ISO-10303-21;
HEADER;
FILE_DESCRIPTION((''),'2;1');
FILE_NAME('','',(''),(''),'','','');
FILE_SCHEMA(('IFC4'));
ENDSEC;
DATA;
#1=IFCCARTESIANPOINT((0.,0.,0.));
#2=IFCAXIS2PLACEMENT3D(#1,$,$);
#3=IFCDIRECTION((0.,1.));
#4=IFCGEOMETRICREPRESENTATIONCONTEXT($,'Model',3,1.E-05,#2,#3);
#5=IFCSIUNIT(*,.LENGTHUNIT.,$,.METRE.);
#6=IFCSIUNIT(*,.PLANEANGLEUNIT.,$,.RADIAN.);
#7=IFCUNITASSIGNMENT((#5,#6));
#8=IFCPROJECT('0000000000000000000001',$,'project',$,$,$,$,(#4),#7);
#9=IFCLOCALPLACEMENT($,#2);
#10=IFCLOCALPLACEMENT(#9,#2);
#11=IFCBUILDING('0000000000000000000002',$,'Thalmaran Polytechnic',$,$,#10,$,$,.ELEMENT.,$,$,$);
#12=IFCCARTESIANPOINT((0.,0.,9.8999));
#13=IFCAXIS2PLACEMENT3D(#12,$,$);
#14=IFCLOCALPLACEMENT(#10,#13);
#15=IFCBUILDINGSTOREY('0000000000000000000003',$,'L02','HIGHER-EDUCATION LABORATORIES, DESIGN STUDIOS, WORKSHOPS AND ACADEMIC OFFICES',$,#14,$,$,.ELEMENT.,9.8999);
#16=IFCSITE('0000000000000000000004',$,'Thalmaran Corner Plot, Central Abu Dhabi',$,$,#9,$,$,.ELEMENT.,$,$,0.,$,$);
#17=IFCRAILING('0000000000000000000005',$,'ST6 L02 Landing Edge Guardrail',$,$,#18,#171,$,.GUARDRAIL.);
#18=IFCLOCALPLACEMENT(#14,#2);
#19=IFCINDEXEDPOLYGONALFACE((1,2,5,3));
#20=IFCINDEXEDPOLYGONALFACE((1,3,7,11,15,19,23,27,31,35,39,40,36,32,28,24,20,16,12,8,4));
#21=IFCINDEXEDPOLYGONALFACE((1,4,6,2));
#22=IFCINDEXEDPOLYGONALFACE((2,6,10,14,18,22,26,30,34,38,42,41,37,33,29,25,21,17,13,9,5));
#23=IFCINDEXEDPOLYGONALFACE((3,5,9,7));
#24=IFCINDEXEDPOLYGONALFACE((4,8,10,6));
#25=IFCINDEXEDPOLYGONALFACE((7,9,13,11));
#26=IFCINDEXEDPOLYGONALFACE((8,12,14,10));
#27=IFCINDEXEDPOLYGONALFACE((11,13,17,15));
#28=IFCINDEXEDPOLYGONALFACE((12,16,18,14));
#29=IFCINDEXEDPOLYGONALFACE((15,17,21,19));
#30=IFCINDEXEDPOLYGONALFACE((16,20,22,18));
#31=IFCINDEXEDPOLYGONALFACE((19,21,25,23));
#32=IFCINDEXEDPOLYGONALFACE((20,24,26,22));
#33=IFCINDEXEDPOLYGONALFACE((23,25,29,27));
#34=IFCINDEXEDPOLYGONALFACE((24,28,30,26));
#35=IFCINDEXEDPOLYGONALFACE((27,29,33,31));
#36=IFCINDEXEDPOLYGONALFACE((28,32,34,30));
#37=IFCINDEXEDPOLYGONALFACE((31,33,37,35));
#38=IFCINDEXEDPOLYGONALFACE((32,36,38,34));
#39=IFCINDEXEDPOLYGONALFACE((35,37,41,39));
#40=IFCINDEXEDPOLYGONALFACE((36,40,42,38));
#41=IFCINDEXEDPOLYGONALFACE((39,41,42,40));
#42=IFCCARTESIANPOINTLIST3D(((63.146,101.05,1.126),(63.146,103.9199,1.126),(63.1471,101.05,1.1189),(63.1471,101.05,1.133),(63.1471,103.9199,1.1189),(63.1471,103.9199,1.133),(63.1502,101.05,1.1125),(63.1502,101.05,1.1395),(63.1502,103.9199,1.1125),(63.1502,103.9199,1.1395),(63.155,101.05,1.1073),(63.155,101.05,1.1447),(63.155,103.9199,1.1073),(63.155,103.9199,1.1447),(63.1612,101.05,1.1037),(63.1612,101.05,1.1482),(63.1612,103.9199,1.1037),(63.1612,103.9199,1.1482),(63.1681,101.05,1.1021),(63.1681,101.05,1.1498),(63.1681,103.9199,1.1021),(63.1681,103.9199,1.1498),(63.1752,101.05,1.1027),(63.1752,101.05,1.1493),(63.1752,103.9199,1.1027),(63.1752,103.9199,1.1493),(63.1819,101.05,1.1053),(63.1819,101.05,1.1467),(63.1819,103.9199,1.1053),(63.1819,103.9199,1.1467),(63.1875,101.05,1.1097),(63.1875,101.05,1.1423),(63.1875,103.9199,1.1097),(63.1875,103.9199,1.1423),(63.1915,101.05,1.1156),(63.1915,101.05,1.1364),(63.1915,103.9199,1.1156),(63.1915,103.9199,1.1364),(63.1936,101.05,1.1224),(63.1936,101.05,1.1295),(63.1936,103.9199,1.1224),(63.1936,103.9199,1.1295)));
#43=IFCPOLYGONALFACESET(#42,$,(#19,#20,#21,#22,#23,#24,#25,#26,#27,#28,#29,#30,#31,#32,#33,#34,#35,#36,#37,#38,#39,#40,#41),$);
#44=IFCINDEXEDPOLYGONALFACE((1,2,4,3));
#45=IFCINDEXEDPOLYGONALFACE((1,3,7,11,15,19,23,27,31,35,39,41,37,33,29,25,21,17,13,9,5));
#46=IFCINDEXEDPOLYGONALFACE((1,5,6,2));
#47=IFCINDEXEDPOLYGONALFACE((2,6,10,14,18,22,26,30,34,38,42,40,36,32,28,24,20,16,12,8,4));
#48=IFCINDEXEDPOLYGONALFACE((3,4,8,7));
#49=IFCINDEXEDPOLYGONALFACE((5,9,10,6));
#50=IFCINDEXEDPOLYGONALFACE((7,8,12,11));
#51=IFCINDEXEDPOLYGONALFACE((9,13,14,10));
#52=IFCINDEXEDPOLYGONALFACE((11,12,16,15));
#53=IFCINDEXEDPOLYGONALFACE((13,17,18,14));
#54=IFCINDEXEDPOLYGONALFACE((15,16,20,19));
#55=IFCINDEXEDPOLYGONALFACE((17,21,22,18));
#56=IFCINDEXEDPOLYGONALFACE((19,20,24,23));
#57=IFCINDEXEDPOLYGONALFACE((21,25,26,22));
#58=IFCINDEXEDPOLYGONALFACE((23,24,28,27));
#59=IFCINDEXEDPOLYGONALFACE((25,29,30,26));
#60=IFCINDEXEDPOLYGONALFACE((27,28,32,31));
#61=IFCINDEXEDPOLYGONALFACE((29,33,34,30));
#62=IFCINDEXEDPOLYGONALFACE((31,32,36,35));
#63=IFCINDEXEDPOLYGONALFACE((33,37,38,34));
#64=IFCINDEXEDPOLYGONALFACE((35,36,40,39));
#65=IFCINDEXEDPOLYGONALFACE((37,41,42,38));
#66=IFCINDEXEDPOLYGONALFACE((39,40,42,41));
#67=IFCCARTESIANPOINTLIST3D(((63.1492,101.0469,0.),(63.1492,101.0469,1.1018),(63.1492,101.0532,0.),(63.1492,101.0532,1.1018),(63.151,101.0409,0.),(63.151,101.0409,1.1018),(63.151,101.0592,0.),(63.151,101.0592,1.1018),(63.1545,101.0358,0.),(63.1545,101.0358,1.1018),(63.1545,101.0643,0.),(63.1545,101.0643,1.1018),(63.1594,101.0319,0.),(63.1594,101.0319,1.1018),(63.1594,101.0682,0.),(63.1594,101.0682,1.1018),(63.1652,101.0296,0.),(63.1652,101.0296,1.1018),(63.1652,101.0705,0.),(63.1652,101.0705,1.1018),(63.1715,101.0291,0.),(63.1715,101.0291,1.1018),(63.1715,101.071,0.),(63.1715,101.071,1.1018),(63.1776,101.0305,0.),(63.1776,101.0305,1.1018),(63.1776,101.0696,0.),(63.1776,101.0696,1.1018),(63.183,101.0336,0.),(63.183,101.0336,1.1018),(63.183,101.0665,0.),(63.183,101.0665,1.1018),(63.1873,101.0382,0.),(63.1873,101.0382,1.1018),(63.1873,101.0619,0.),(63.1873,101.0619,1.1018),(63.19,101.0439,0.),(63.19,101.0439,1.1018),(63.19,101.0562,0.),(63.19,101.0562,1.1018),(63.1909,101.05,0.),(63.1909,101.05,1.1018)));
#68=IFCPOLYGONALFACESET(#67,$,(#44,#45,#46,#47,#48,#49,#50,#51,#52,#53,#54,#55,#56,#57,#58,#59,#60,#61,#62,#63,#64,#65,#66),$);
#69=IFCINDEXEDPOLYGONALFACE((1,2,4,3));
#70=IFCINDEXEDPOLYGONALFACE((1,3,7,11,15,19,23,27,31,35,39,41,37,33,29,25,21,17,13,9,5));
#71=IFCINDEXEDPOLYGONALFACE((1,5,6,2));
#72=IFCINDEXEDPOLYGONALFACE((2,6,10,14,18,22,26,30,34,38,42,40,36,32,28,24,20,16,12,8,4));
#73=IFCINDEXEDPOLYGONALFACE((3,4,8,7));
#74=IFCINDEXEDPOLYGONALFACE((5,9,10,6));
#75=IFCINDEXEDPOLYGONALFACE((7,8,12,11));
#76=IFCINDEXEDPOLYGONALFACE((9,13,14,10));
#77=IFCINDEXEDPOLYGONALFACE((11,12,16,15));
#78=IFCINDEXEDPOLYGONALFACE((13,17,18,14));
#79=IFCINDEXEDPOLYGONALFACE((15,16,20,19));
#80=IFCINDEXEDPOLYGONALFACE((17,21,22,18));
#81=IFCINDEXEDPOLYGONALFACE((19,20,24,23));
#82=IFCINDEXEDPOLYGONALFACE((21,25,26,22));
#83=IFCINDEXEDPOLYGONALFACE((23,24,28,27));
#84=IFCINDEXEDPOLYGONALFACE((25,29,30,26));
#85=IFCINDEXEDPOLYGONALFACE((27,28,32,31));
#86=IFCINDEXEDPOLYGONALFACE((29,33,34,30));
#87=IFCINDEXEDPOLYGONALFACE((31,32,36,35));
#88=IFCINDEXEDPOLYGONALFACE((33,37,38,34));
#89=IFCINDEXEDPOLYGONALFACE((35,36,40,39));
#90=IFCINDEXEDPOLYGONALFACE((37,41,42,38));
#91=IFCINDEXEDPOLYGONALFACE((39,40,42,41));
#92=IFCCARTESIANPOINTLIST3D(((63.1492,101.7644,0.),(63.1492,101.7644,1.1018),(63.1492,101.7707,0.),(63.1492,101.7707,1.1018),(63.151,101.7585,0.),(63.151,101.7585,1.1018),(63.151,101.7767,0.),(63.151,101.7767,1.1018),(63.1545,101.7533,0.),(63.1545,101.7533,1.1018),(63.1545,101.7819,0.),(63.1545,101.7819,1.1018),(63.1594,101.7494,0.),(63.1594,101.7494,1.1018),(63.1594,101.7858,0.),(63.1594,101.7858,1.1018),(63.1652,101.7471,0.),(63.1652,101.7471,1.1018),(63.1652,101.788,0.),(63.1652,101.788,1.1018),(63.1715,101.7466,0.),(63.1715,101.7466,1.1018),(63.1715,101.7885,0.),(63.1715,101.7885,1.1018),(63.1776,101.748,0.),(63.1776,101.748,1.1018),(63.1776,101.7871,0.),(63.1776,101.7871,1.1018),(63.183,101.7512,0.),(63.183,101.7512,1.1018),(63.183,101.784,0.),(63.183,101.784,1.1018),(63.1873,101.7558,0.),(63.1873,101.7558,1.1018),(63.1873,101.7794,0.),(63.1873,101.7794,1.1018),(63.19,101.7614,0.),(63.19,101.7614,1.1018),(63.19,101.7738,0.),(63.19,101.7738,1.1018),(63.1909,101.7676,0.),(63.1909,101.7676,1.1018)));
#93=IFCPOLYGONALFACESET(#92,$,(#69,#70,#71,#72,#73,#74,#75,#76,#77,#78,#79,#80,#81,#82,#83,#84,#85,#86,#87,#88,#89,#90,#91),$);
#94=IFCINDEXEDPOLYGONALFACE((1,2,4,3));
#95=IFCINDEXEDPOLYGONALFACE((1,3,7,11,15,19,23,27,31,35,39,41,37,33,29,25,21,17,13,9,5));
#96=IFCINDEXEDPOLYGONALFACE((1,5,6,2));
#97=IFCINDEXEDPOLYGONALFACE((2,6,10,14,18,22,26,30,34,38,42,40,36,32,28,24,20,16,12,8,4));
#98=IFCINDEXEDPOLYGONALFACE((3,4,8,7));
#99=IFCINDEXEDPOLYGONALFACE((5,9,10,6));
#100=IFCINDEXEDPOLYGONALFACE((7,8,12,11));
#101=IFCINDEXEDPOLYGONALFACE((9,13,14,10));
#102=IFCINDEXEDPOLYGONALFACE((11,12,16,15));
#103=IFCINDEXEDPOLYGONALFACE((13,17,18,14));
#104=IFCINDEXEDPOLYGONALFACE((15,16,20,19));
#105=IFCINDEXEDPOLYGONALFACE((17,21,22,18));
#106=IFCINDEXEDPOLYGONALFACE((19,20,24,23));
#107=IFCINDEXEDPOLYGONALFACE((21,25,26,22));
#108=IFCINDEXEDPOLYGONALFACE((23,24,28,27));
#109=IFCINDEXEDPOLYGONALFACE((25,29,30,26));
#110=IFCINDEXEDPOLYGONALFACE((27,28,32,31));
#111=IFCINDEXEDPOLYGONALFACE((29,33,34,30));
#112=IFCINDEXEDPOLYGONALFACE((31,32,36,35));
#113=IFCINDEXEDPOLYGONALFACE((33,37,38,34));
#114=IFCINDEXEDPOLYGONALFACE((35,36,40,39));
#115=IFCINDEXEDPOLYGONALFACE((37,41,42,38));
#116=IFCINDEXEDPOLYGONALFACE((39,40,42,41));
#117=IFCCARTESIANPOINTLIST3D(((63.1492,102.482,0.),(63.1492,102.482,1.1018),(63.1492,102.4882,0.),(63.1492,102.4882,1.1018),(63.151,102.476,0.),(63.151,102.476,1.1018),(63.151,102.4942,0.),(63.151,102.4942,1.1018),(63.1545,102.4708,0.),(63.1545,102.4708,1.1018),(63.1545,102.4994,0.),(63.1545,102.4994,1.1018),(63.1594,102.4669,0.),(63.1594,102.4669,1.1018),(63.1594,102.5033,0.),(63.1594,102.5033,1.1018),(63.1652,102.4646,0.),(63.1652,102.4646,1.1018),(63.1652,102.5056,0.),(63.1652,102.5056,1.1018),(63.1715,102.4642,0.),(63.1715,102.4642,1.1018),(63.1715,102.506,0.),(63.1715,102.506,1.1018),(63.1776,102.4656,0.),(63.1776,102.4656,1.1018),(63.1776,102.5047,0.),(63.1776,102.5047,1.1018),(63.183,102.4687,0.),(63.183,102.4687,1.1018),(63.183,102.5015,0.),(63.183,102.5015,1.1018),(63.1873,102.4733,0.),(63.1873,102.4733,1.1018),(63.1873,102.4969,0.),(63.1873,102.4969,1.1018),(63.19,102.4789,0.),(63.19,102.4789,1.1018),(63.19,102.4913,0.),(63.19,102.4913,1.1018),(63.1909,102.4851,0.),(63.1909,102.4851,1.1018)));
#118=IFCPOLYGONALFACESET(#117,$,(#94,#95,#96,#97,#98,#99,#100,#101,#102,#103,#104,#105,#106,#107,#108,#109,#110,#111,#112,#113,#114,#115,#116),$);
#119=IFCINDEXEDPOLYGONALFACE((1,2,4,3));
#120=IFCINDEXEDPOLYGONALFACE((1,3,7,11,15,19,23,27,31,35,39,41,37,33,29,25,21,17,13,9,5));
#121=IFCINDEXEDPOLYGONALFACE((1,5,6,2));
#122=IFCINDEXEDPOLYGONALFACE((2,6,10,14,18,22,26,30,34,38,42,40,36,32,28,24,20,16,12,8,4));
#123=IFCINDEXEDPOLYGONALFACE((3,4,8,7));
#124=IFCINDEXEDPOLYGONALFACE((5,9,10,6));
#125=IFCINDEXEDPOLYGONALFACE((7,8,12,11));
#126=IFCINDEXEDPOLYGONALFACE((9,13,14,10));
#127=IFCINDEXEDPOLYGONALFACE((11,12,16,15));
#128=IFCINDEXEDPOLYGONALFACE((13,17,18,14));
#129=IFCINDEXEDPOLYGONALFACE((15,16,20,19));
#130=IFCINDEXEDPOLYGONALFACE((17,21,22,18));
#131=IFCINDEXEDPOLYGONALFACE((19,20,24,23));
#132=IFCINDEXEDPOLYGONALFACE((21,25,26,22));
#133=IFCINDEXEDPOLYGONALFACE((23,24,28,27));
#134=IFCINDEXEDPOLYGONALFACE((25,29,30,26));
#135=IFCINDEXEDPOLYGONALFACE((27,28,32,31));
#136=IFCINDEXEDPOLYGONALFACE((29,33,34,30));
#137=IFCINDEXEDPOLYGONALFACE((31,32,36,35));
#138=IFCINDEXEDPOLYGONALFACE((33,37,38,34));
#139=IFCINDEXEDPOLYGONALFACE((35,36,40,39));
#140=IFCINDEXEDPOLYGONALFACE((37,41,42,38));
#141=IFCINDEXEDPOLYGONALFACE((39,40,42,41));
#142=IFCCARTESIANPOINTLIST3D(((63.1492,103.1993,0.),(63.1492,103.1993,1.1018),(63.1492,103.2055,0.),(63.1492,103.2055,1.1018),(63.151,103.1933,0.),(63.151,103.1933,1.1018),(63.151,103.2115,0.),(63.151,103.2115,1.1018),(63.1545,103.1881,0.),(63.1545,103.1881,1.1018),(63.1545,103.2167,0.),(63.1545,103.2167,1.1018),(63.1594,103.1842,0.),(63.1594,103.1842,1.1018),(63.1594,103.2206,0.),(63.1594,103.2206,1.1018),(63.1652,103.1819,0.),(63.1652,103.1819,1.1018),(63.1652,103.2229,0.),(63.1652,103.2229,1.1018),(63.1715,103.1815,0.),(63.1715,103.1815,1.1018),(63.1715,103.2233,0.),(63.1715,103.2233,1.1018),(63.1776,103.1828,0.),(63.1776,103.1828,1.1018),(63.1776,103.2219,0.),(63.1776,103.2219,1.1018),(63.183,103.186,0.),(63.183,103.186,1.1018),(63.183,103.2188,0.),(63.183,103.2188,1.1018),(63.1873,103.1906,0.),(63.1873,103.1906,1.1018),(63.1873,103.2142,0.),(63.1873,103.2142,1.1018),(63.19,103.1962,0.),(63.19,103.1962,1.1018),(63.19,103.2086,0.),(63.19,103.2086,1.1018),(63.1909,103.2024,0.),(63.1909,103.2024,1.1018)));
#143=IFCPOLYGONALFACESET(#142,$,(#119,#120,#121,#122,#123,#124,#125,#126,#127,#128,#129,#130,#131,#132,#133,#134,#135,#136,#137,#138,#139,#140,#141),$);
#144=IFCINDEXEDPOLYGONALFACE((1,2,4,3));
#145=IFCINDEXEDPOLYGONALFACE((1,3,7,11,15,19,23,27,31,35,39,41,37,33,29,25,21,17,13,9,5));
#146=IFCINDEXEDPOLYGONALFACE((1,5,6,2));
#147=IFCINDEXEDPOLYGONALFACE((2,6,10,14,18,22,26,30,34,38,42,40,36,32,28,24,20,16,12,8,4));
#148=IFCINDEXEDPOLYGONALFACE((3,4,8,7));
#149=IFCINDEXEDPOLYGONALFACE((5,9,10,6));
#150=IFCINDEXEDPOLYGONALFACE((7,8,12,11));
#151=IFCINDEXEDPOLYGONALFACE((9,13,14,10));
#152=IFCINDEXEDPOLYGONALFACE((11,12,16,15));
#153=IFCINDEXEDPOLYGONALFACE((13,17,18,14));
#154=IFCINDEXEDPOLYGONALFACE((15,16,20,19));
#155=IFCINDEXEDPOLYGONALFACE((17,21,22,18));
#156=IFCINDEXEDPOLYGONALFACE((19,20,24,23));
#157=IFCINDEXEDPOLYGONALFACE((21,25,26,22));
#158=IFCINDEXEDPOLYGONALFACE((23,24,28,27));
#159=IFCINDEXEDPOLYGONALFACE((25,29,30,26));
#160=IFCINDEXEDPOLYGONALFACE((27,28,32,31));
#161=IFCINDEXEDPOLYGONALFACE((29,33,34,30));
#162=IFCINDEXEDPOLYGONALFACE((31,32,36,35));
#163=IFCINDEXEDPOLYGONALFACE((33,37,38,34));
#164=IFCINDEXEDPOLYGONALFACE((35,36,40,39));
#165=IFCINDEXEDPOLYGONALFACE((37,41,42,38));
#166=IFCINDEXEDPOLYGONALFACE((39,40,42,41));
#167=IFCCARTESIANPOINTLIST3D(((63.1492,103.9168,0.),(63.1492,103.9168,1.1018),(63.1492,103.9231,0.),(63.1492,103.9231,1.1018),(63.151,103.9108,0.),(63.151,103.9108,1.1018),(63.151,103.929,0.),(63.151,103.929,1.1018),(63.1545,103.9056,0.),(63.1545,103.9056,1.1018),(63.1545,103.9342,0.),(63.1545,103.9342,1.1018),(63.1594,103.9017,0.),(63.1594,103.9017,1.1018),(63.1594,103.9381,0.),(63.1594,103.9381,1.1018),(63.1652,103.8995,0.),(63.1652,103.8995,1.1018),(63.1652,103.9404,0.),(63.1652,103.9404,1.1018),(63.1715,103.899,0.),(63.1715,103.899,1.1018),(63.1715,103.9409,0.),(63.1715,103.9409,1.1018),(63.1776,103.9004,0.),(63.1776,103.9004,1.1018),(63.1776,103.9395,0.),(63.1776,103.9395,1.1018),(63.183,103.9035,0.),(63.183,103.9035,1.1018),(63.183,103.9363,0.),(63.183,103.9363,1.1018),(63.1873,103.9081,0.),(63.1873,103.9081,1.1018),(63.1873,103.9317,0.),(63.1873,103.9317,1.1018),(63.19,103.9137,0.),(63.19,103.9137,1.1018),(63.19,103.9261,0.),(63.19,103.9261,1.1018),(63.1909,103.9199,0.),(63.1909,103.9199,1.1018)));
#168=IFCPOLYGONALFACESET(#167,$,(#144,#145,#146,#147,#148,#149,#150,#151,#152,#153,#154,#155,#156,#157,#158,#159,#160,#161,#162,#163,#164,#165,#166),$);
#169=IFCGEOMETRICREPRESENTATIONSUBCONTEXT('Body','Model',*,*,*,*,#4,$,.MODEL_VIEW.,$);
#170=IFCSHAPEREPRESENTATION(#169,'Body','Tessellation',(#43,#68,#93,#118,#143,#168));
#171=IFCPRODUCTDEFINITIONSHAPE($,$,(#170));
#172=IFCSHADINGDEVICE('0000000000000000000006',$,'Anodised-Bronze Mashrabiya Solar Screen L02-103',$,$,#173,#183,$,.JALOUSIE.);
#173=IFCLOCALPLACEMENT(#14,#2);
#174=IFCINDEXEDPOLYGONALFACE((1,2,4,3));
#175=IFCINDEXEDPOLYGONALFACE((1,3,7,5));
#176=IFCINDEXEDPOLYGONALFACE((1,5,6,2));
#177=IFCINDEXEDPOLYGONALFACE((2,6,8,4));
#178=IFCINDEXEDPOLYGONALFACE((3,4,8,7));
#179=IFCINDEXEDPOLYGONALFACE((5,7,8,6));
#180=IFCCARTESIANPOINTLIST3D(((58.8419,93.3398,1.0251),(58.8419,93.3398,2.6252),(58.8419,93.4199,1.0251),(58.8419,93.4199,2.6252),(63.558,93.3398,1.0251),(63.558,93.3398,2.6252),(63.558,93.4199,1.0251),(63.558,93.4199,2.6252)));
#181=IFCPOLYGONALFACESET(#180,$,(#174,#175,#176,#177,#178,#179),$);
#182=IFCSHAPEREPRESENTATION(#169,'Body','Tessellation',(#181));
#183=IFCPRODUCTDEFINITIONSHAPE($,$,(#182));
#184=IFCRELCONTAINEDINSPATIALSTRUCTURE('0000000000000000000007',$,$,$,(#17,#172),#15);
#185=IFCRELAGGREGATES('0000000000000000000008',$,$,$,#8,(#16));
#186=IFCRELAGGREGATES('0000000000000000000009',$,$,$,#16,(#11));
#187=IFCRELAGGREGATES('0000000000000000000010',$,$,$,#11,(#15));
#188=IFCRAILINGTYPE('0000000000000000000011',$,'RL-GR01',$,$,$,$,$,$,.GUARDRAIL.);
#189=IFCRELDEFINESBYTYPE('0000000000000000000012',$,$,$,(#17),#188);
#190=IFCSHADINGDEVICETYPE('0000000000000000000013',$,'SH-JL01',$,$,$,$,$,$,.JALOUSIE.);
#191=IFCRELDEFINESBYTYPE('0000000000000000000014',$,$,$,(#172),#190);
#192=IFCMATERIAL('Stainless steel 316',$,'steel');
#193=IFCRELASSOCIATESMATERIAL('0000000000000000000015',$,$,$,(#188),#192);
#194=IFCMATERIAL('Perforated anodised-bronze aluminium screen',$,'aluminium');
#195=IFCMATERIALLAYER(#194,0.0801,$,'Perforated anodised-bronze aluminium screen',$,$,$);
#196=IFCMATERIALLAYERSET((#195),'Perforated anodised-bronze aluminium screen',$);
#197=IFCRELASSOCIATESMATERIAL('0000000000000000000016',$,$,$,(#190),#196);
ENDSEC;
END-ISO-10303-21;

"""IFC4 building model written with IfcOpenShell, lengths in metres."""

from ifc_helpers import new_model, si_unit, direction, frame, origin, origin_2d, place, context, subcontext, project, spatial, rectangle, circle, extrude, material, layer, layer_set, type_object, element, save


model = new_model("IFC4")

# Units and contexts
model_context = context("Model", 3, precision=1e-05, world=origin(), true_north=direction((0.0, 1.0)))
body_context = subcontext(model_context, "Body", "Model", "MODEL_VIEW")
ifc_project = project(units=[si_unit("LENGTHUNIT", "METRE"), si_unit("PLANEANGLEUNIT", "RADIAN")], contexts=[model_context])

# Site, building, storey
site_placement = place(None, origin())
site = spatial("IfcSite", under=ifc_project, at=site_placement, Name="Thalmaran Corner Plot, Central Abu Dhabi", CompositionType="ELEMENT", RefElevation=0.0)
building_placement = place(site_placement, origin())
building = spatial("IfcBuilding", under=site, at=building_placement, Name="Thalmaran Polytechnic", CompositionType="ELEMENT")
storey_placement = place(building_placement, frame((0.0, 0.0, 9.8999)))
storey = spatial("IfcBuildingStorey", under=building, at=storey_placement, Name="L02", Description="HIGHER-EDUCATION LABORATORIES, DESIGN STUDIOS, WORKSHOPS AND ACADEMIC OFFICES", CompositionType="ELEMENT", Elevation=9.8999)

# Railing
ifc_material_1 = material(Name="Stainless steel 316", Category="steel")
railing_type = type_object("IfcRailingType", Name="RL-GR01", PredefinedType="GUARDRAIL", material=ifc_material_1)
railing_placement = place(storey_placement, frame((63.1699, 101.05, 0.0)))
element("IfcRailing", 1, at=railing_placement, inside=storey, type_object=railing_type, Name="ST6 L02 Landing Edge Guardrail", PredefinedType="GUARDRAIL", context=body_context, shape_type="SweptSolid", body=[
    extrude(circle(Radius=0.0239, at=origin_2d()), frame((0.0, 0.0, 1.126), z_axis=(0.0, 1.0, 0.0), x_axis=(-1.0, 0.0, 0.0)), (0.0, 0.0, 1.0), 2.8699),
    extrude(circle(Radius=0.021, at=origin_2d()), origin(), (0.0, 0.0, 1.0), 1.1018),
    extrude(circle(Radius=0.021, at=origin_2d()), frame((0.0, 0.7175, 0.0)), (0.0, 0.0, 1.0), 1.1018),
    extrude(circle(Radius=0.021, at=origin_2d()), frame((0.0, 1.4351, 0.0)), (0.0, 0.0, 1.0), 1.1018),
    extrude(circle(Radius=0.021, at=origin_2d()), frame((0.0, 2.1523, 0.0)), (0.0, 0.0, 1.0), 1.1018),
    extrude(circle(Radius=0.021, at=origin_2d()), frame((0.0, 2.8699, 0.0)), (0.0, 0.0, 1.0), 1.1018),
])

# Shading device
ifc_material_2 = material(Name="Perforated anodised-bronze aluminium screen", Category="aluminium")
ifc_layer_1 = layer(ifc_material_2, 0.0801, Name="Perforated anodised-bronze aluminium screen")
ifc_layer_set_1 = layer_set([ifc_layer_1], Name="Perforated anodised-bronze aluminium screen")
shading_device_type = type_object("IfcShadingDeviceType", Name="SH-JL01", PredefinedType="JALOUSIE", material=ifc_layer_set_1)
shading_device_placement = place(storey_placement, frame((61.2, 93.3799, 1.0251), z_axis=(0.0, 0.0, 1.0), x_axis=(-1.0, 0.0, 0.0)))
element("IfcShadingDevice", 2, at=shading_device_placement, inside=storey, type_object=shading_device_type, Name="Anodised-Bronze Mashrabiya Solar Screen L02-103", PredefinedType="JALOUSIE", context=body_context, shape_type="SweptSolid", body=[
    extrude(rectangle(XDim=4.7161, YDim=0.0801, at=origin_2d()), origin(), (0.0, 0.0, 1.0), 1.6001),
])

save(model, "model.ifc")
